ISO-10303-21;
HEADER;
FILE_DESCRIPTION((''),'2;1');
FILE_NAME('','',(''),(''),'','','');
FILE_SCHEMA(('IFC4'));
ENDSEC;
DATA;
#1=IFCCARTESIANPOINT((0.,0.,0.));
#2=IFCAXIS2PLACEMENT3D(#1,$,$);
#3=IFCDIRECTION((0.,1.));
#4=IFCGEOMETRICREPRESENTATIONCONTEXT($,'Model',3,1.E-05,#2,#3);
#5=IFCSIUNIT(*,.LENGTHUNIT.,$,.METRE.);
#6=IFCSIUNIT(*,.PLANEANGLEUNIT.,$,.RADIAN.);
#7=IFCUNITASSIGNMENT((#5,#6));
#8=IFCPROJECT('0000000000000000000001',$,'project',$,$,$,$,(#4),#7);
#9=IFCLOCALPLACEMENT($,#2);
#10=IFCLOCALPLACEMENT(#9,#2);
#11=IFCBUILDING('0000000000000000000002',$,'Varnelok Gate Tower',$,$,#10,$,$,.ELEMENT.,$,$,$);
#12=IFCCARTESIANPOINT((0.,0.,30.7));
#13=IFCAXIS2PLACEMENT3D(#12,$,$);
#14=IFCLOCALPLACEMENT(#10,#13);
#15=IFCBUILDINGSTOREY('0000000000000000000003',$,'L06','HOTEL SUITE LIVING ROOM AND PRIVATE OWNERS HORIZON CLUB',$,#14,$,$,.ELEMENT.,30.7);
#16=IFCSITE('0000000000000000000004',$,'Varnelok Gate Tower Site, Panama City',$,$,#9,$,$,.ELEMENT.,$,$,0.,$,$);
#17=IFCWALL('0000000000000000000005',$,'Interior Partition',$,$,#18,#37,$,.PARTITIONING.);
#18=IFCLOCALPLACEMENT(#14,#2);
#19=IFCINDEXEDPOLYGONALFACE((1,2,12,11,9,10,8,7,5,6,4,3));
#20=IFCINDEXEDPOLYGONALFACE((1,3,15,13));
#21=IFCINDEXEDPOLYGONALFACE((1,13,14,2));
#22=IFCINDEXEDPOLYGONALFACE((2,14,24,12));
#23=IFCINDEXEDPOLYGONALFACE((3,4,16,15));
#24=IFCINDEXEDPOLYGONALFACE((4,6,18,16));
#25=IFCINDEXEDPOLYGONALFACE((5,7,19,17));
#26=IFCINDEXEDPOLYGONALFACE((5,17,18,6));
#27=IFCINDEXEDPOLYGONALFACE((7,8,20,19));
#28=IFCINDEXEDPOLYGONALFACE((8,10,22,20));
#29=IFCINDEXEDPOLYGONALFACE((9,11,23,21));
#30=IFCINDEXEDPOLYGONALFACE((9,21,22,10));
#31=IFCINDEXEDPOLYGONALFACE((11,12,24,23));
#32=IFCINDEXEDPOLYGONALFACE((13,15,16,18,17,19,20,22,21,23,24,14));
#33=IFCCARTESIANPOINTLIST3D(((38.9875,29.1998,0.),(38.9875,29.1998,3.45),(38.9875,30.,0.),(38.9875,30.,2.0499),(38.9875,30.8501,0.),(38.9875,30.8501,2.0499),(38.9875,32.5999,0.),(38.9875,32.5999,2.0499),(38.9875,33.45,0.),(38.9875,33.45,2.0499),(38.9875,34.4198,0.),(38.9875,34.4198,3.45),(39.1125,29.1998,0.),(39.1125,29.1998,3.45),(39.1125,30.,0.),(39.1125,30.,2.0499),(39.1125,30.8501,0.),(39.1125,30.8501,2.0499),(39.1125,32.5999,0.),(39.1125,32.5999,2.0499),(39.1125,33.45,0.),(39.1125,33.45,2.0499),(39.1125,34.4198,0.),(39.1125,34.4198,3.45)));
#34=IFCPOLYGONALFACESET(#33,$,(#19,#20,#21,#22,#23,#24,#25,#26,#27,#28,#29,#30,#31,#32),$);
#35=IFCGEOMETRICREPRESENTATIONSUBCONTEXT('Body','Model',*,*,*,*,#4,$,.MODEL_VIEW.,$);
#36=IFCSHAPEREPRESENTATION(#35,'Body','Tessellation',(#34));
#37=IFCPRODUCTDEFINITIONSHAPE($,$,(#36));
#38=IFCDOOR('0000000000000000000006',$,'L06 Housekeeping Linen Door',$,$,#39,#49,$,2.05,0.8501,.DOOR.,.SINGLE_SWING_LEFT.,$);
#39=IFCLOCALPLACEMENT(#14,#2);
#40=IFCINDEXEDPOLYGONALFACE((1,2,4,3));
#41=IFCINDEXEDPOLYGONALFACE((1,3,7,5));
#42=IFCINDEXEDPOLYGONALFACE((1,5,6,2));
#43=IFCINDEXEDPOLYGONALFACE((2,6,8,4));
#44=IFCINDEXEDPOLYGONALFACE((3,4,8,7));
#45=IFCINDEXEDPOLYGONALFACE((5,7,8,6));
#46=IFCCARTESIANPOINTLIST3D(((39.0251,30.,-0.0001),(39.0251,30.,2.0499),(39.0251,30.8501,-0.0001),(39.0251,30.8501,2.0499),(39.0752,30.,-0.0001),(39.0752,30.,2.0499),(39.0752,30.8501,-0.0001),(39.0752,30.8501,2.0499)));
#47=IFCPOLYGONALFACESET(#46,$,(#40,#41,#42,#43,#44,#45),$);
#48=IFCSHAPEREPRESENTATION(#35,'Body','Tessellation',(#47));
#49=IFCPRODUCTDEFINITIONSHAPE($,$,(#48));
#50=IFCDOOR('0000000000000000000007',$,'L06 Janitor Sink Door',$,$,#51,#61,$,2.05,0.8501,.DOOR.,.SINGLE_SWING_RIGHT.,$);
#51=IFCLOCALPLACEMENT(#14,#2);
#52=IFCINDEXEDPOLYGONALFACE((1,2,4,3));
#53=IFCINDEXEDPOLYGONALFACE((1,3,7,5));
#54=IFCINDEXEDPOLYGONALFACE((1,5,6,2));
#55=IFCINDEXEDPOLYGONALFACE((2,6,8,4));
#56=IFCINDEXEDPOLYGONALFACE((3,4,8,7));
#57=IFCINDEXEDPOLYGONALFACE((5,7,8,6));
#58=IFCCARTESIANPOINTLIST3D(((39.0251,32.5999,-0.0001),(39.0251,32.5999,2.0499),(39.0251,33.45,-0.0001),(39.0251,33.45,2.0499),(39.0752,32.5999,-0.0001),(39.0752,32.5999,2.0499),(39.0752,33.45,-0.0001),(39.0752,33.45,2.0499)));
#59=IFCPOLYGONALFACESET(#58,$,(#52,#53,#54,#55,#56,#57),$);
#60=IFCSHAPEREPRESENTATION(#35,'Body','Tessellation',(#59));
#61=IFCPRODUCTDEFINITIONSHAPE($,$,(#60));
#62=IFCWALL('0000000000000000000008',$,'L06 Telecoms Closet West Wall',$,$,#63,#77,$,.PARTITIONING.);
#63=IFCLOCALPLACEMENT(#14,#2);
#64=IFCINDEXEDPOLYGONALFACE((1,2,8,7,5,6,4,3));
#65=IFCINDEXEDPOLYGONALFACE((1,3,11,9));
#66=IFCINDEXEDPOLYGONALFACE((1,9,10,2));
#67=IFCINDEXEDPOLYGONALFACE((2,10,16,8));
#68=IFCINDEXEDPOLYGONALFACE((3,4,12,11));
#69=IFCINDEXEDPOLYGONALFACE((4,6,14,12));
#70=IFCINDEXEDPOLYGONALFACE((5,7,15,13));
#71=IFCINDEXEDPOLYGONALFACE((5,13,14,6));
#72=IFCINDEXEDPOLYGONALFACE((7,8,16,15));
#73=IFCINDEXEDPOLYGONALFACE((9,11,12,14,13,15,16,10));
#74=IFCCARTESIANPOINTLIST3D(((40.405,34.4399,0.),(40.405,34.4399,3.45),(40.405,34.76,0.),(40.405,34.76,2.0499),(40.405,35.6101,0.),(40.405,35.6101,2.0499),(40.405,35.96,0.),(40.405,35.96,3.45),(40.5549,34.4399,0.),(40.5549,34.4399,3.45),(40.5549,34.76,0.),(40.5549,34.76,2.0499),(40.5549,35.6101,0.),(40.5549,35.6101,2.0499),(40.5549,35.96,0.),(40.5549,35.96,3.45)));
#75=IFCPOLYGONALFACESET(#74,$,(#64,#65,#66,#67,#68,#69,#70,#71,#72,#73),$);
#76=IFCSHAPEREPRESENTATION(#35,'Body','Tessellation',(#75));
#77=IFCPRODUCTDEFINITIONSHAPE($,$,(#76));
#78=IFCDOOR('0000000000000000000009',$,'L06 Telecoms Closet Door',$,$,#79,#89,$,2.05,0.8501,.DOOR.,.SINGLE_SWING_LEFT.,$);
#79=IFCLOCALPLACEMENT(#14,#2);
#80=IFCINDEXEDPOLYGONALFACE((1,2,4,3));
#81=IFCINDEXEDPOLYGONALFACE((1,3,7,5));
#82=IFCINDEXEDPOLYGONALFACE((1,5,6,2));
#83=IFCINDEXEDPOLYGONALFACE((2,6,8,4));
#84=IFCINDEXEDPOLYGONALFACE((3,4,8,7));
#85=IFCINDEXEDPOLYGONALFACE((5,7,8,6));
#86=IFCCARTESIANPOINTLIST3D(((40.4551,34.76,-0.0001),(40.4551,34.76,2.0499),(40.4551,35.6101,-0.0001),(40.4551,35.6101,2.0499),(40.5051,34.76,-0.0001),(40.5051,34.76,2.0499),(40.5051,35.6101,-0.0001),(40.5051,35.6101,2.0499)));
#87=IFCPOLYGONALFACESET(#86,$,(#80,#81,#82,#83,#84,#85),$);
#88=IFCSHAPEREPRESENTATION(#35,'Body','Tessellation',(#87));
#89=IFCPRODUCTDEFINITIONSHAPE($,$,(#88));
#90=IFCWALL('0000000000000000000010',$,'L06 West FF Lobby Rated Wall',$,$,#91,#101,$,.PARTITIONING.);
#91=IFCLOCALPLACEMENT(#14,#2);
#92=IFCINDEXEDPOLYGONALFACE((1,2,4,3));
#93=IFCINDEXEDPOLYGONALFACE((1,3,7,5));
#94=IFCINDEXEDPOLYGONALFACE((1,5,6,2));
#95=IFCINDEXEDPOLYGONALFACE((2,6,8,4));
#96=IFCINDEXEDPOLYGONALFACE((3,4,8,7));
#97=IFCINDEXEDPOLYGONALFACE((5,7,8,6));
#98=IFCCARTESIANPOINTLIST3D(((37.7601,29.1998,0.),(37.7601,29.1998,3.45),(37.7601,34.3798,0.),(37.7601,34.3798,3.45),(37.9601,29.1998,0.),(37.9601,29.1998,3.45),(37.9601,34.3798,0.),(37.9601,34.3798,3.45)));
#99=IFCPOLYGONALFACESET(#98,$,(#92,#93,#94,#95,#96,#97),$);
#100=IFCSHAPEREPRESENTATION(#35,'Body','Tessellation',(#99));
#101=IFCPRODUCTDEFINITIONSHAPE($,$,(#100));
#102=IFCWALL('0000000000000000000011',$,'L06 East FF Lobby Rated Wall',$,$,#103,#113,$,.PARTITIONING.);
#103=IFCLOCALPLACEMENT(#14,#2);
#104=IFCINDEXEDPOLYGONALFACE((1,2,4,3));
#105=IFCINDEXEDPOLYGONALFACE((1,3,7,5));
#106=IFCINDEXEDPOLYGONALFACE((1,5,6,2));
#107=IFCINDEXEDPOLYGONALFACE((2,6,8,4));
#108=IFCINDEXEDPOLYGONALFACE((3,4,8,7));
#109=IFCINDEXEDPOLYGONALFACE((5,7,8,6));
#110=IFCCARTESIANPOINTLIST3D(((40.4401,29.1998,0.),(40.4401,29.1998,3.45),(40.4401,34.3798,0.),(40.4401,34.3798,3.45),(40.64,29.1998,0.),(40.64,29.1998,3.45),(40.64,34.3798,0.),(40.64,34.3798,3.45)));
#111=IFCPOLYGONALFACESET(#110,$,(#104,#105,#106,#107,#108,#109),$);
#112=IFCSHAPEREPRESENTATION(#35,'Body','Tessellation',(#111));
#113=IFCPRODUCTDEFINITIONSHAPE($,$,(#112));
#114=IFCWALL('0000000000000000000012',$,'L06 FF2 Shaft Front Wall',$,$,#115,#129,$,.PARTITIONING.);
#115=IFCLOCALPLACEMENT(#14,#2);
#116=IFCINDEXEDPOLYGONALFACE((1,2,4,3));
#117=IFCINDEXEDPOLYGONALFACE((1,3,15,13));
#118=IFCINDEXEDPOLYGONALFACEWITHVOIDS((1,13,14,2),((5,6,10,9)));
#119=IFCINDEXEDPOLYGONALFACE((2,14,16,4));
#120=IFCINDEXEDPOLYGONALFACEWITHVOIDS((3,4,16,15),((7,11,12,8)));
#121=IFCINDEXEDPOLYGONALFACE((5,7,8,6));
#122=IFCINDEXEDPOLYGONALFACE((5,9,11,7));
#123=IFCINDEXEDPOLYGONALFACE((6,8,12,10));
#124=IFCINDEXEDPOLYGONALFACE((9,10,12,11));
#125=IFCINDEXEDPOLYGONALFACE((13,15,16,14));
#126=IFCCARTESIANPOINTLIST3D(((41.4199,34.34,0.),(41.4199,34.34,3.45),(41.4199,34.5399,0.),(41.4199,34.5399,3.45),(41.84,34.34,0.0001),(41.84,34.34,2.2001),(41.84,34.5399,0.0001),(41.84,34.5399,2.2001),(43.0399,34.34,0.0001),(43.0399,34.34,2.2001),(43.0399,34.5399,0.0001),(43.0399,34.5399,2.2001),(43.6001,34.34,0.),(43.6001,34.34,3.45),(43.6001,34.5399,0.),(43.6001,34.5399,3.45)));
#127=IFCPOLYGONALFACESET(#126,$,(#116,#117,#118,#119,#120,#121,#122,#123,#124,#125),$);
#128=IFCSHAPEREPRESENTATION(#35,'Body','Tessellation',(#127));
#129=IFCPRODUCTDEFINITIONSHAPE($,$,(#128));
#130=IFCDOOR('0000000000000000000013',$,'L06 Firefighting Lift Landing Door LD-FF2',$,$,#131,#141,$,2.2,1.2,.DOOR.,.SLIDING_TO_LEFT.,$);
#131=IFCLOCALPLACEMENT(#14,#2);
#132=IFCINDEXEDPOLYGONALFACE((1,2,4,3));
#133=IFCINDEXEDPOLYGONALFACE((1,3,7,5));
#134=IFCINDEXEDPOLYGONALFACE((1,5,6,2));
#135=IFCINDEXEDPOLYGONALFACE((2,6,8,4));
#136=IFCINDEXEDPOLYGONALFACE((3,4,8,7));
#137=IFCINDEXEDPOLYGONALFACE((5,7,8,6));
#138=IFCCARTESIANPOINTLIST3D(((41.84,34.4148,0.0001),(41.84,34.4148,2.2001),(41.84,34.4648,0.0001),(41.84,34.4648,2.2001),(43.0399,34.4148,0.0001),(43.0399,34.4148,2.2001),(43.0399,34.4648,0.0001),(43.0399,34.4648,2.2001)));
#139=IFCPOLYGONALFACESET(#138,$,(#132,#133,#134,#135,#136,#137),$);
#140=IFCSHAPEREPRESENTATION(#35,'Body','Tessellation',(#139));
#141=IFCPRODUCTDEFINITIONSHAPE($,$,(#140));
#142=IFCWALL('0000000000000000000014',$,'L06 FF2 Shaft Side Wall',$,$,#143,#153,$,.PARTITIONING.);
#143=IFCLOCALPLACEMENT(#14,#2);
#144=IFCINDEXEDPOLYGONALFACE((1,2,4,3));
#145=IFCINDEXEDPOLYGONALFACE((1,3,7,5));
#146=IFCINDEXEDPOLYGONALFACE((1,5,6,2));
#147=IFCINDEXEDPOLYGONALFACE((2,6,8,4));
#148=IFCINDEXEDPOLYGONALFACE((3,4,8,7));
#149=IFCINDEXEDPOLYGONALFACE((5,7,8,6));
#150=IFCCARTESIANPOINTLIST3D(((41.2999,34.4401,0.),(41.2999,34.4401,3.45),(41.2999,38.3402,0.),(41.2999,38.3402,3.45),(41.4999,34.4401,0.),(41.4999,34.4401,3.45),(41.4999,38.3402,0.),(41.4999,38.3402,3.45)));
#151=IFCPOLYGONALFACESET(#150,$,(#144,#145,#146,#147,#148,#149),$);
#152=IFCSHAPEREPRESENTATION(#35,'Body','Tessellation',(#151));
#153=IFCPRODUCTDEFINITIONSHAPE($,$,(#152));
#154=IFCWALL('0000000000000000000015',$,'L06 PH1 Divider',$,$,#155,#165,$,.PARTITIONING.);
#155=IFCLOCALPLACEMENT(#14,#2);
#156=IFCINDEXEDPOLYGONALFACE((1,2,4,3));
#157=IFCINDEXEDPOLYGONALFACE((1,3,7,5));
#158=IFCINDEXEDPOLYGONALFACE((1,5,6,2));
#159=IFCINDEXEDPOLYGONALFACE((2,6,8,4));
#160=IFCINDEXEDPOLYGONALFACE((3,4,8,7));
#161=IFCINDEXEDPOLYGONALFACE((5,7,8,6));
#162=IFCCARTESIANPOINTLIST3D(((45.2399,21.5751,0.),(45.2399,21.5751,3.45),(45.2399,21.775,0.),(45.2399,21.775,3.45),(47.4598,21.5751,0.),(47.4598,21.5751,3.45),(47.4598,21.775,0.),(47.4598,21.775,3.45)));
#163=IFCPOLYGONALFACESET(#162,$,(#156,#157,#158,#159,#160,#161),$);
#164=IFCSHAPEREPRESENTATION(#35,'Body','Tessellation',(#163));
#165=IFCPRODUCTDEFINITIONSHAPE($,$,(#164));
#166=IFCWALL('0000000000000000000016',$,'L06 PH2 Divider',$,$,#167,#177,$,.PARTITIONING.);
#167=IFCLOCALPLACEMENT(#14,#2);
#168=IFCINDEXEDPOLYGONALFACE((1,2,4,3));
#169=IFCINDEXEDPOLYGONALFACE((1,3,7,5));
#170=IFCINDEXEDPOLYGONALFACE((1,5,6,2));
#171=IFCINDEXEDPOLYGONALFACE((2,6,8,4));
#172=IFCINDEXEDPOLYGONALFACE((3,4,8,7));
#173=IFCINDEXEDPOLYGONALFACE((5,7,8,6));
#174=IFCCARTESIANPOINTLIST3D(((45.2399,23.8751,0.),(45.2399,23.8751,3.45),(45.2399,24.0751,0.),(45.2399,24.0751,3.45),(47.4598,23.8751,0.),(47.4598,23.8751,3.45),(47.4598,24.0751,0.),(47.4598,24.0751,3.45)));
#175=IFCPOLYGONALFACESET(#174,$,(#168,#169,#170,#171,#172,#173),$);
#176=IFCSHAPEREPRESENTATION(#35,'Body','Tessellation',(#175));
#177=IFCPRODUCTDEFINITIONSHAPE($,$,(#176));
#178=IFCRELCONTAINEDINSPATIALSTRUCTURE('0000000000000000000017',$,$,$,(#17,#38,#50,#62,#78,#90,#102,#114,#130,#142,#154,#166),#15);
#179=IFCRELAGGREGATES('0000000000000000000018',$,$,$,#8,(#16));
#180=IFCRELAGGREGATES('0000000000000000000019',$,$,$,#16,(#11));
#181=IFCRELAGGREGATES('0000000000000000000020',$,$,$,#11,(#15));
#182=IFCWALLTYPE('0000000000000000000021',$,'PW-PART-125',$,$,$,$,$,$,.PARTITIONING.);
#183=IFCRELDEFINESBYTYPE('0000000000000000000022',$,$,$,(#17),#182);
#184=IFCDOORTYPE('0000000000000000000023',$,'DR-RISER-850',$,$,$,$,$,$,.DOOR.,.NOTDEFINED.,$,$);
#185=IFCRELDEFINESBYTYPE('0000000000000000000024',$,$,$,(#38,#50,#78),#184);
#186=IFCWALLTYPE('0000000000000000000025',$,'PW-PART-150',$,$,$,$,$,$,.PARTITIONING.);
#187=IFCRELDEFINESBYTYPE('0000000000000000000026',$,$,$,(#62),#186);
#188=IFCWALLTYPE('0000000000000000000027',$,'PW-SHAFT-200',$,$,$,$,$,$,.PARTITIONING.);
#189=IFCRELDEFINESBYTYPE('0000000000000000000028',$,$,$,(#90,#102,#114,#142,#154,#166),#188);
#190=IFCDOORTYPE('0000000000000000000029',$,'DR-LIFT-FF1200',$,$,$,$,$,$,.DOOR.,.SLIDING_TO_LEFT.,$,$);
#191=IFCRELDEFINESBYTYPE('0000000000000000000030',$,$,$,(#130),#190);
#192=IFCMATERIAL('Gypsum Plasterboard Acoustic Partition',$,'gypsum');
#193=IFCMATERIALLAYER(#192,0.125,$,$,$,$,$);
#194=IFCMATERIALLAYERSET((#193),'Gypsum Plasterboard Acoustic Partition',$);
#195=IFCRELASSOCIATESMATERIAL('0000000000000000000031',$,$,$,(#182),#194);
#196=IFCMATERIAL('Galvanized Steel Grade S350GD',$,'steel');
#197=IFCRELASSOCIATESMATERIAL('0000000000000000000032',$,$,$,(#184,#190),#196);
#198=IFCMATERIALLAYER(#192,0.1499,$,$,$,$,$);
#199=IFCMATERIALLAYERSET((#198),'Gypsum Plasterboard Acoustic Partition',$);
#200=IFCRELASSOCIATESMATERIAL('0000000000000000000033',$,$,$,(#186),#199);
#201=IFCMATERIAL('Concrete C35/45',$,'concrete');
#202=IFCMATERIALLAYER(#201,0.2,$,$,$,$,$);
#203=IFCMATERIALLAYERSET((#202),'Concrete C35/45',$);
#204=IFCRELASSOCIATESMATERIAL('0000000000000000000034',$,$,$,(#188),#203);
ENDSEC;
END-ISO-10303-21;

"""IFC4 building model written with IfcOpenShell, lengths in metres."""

from ifc_helpers import new_model, si_unit, direction, frame, frame_2d, origin, place, context, subcontext, project, spatial, rectangle, extrude, material, layer, layer_set, type_object, element, fill, save


model = new_model("IFC4")

# Units and contexts
model_context = context("Model", 3, precision=1e-05, world=origin(), true_north=direction((0.0, 1.0)))
body_context = subcontext(model_context, "Body", "Model", "MODEL_VIEW")
ifc_project = project(units=[si_unit("LENGTHUNIT", "METRE"), si_unit("PLANEANGLEUNIT", "RADIAN")], contexts=[model_context])

# Site, building, storey
site_placement = place(None, origin())
site = spatial("IfcSite", under=ifc_project, at=site_placement, Name="Varnelok Gate Tower Site, Panama City", CompositionType="ELEMENT", RefElevation=0.0)
building_placement = place(site_placement, origin())
building = spatial("IfcBuilding", under=site, at=building_placement, Name="Varnelok Gate Tower", CompositionType="ELEMENT")
storey_placement = place(building_placement, frame((0.0, 0.0, 30.7)))
storey = spatial("IfcBuildingStorey", under=building, at=storey_placement, Name="L06", Description="HOTEL SUITE LIVING ROOM AND PRIVATE OWNERS HORIZON CLUB", CompositionType="ELEMENT", Elevation=30.7)

# Shared definitions
ifc_material_1 = material(Name="Gypsum Plasterboard Acoustic Partition", Category="gypsum")
ifc_layer_1 = layer(ifc_material_1, 0.125)
ifc_layer_set_1 = layer_set([ifc_layer_1], Name="Gypsum Plasterboard Acoustic Partition")
wall_type_1 = type_object("IfcWallType", Name="PW-PART-125", PredefinedType="PARTITIONING", material=ifc_layer_set_1)

# Wall, openings, doors
wall_1_placement = place(storey_placement, frame((39.05, 29.2, 0.0), z_axis=(0.0, 0.0, 1.0), x_axis=(0.0, 1.0, 0.0)))
wall_1 = element("IfcWall", 1, at=wall_1_placement, inside=storey, type_object=wall_type_1, Name="Interior Partition", PredefinedType="PARTITIONING", context=body_context, shape_type="SweptSolid", body=[
    extrude(rectangle(XDim=5.22, YDim=0.125, at=frame_2d((2.6099, 0.0))), origin(), (0.0, 0.0, 1.0), 3.45),
])
opening_1_placement = place(wall_1_placement, frame((0.8, 0.0, 0.0)))
opening_1 = element("IfcOpeningElement", 2, at=opening_1_placement, cuts=wall_1, PredefinedType="OPENING", context=body_context, shape_type="SweptSolid", body=[
    extrude(rectangle(XDim=0.8501, YDim=2.05, at=frame_2d((0.425, 1.0249))), frame((0.0, 0.0725, 0.0), z_axis=(0.0, -1.0, 0.0), x_axis=(1.0, 0.0, 0.0)), (0.0, 0.0, 1.0), 0.145),
])
opening_2_placement = place(wall_1_placement, frame((3.3999, 0.0, 0.0)))
opening_2 = element("IfcOpeningElement", 3, at=opening_2_placement, cuts=wall_1, PredefinedType="OPENING", context=body_context, shape_type="SweptSolid", body=[
    extrude(rectangle(XDim=0.8501, YDim=2.05, at=frame_2d((0.425, 1.0249))), frame((0.0, 0.0725, 0.0), z_axis=(0.0, -1.0, 0.0), x_axis=(1.0, 0.0, 0.0)), (0.0, 0.0, 1.0), 0.145),
])
ifc_material_2 = material(Name="Galvanized Steel Grade S350GD", Category="steel")
door_type_1 = type_object("IfcDoorType", Name="DR-RISER-850", OperationType="NOTDEFINED", PredefinedType="DOOR", material=ifc_material_2)
door_1_placement = place(opening_1_placement, origin())
door_1 = element("IfcDoor", 4, at=door_1_placement, inside=storey, type_object=door_type_1, Name="L06 Housekeeping Linen Door", OperationType="SINGLE_SWING_LEFT", OverallHeight=2.05, OverallWidth=0.8501, PredefinedType="DOOR", context=body_context, shape_type="SweptSolid", body=[
    extrude(rectangle(XDim=0.8501, YDim=2.05, at=frame_2d((0.425, 1.0249))), frame((0.0, 0.0249, 0.0), z_axis=(0.0, -1.0, 0.0), x_axis=(1.0, 0.0, 0.0)), (0.0, 0.0, 1.0), 0.05),
])
fill(opening_1, door_1)
door_2_placement = place(opening_2_placement, origin())
door_2 = element("IfcDoor", 5, at=door_2_placement, inside=storey, type_object=door_type_1, Name="L06 Janitor Sink Door", OperationType="SINGLE_SWING_RIGHT", OverallHeight=2.05, OverallWidth=0.8501, PredefinedType="DOOR", context=body_context, shape_type="SweptSolid", body=[
    extrude(rectangle(XDim=0.8501, YDim=2.05, at=frame_2d((0.425, 1.0249))), frame((0.0, 0.0249, 0.0), z_axis=(0.0, -1.0, 0.0), x_axis=(1.0, 0.0, 0.0)), (0.0, 0.0, 1.0), 0.05),
])
fill(opening_2, door_2)

# Wall, opening, door
ifc_layer_2 = layer(ifc_material_1, 0.1499)
ifc_layer_set_2 = layer_set([ifc_layer_2], Name="Gypsum Plasterboard Acoustic Partition")
wall_type_2 = type_object("IfcWallType", Name="PW-PART-150", PredefinedType="PARTITIONING", material=ifc_layer_set_2)
wall_2_placement = place(storey_placement, frame((40.48, 34.4399, 0.0), z_axis=(0.0, 0.0, 1.0), x_axis=(0.0, 1.0, 0.0)))
wall_2 = element("IfcWall", 6, at=wall_2_placement, inside=storey, type_object=wall_type_2, Name="L06 Telecoms Closet West Wall", PredefinedType="PARTITIONING", context=body_context, shape_type="SweptSolid", body=[
    extrude(rectangle(XDim=1.52, YDim=0.1499, at=frame_2d((0.76, 0.0))), origin(), (0.0, 0.0, 1.0), 3.45),
])
opening_3_placement = place(wall_2_placement, frame((0.3201, 0.0, 0.0)))
opening_3 = element("IfcOpeningElement", 7, at=opening_3_placement, cuts=wall_2, PredefinedType="OPENING", context=body_context, shape_type="SweptSolid", body=[
    extrude(rectangle(XDim=0.8501, YDim=2.05, at=frame_2d((0.425, 1.0249))), frame((0.0, 0.085, 0.0), z_axis=(0.0, -1.0, 0.0), x_axis=(1.0, 0.0, 0.0)), (0.0, 0.0, 1.0), 0.1699),
])
door_3_placement = place(opening_3_placement, origin())
door_3 = element("IfcDoor", 8, at=door_3_placement, inside=storey, type_object=door_type_1, Name="L06 Telecoms Closet Door", OperationType="SINGLE_SWING_LEFT", OverallHeight=2.05, OverallWidth=0.8501, PredefinedType="DOOR", context=body_context, shape_type="SweptSolid", body=[
    extrude(rectangle(XDim=0.8501, YDim=2.05, at=frame_2d((0.425, 1.0249))), frame((0.0, 0.0249, 0.0), z_axis=(0.0, -1.0, 0.0), x_axis=(1.0, 0.0, 0.0)), (0.0, 0.0, 1.0), 0.05),
])
fill(opening_3, door_3)

# Walls
ifc_material_3 = material(Name="Concrete C35/45", Category="concrete")
ifc_layer_3 = layer(ifc_material_3, 0.2)
ifc_layer_set_3 = layer_set([ifc_layer_3], Name="Concrete C35/45")
wall_type_3 = type_object("IfcWallType", Name="PW-SHAFT-200", PredefinedType="PARTITIONING", material=ifc_layer_set_3)
for number, where, z_axis, x_axis, name in (
    (9, (37.8601, 29.2, 0.0), (0.0, 0.0, 1.0), (0.0, 1.0, 0.0), "L06 West FF Lobby Rated Wall"),
    (10, (40.54, 29.2, 0.0), (0.0, 0.0, 1.0), (0.0, 1.0, 0.0), "L06 East FF Lobby Rated Wall"),
):
    element("IfcWall", number, at=place(storey_placement, frame(where, z_axis=z_axis, x_axis=x_axis)), inside=storey, type_object=wall_type_3, Name=name, PredefinedType="PARTITIONING", context=body_context, shape_type="SweptSolid", body=[
        extrude(rectangle(XDim=5.1799, YDim=0.2, at=frame_2d((2.5898, 0.0))), origin(), (0.0, 0.0, 1.0), 3.45),
    ])

# Wall, opening, door
wall_3_placement = place(storey_placement, frame((41.4199, 34.4399, 0.0), z_axis=(0.0, 0.0, 1.0), x_axis=(1.0, 0.0, 0.0)))
wall_3 = element("IfcWall", 11, at=wall_3_placement, inside=storey, type_object=wall_type_3, Name="L06 FF2 Shaft Front Wall", PredefinedType="PARTITIONING", context=body_context, shape_type="SweptSolid", body=[
    extrude(rectangle(XDim=2.1802, YDim=0.2, at=frame_2d((1.0901, 0.0))), origin(), (0.0, 0.0, 1.0), 3.45),
])
opening_4_placement = place(wall_3_placement, frame((0.4199, 0.0, 0.0)))
opening_4 = element("IfcOpeningElement", 12, at=opening_4_placement, cuts=wall_3, PredefinedType="OPENING", context=body_context, shape_type="SweptSolid", body=[
    extrude(rectangle(XDim=1.2, YDim=2.2, at=frame_2d((0.6001, 1.1001))), frame((0.0, 0.1099, 0.0), z_axis=(0.0, -1.0, 0.0), x_axis=(1.0, 0.0, 0.0)), (0.0, 0.0, 1.0), 0.22),
])
door_type_2 = type_object("IfcDoorType", Name="DR-LIFT-FF1200", OperationType="SLIDING_TO_LEFT", PredefinedType="DOOR", material=ifc_material_2)
door_4_placement = place(opening_4_placement, origin())
door_4 = element("IfcDoor", 13, at=door_4_placement, inside=storey, type_object=door_type_2, Name="L06 Firefighting Lift Landing Door LD-FF2", OperationType="SLIDING_TO_LEFT", OverallHeight=2.2, OverallWidth=1.2, PredefinedType="DOOR", context=body_context, shape_type="SweptSolid", body=[
    extrude(rectangle(XDim=1.2, YDim=2.2, at=frame_2d((0.6001, 1.1001))), frame((0.0, 0.0249, 0.0), z_axis=(0.0, -1.0, 0.0), x_axis=(1.0, 0.0, 0.0)), (0.0, 0.0, 1.0), 0.05),
])
fill(opening_4, door_4)

# Walls
wall_4_placement = place(storey_placement, frame((41.3999, 34.4399, 0.0), z_axis=(0.0, 0.0, 1.0), x_axis=(0.0, 1.0, 0.0)))
element("IfcWall", 14, at=wall_4_placement, inside=storey, type_object=wall_type_3, Name="L06 FF2 Shaft Side Wall", PredefinedType="PARTITIONING", context=body_context, shape_type="SweptSolid", body=[
    extrude(rectangle(XDim=3.9001, YDim=0.2, at=frame_2d((1.9502, 0.0))), origin(), (0.0, 0.0, 1.0), 3.45),
])
for number, where, z_axis, x_axis, name in (
    (15, (45.24, 21.675, 0.0), (0.0, 0.0, 1.0), (1.0, 0.0, 0.0), "L06 PH1 Divider"),
    (16, (45.24, 23.9751, 0.0), (0.0, 0.0, 1.0), (1.0, 0.0, 0.0), "L06 PH2 Divider"),
):
    element("IfcWall", number, at=place(storey_placement, frame(where, z_axis=z_axis, x_axis=x_axis)), inside=storey, type_object=wall_type_3, Name=name, PredefinedType="PARTITIONING", context=body_context, shape_type="SweptSolid", body=[
        extrude(rectangle(XDim=2.22, YDim=0.2, at=frame_2d((1.1099, 0.0))), origin(), (0.0, 0.0, 1.0), 3.45),
    ])

save(model, "model.ifc")
